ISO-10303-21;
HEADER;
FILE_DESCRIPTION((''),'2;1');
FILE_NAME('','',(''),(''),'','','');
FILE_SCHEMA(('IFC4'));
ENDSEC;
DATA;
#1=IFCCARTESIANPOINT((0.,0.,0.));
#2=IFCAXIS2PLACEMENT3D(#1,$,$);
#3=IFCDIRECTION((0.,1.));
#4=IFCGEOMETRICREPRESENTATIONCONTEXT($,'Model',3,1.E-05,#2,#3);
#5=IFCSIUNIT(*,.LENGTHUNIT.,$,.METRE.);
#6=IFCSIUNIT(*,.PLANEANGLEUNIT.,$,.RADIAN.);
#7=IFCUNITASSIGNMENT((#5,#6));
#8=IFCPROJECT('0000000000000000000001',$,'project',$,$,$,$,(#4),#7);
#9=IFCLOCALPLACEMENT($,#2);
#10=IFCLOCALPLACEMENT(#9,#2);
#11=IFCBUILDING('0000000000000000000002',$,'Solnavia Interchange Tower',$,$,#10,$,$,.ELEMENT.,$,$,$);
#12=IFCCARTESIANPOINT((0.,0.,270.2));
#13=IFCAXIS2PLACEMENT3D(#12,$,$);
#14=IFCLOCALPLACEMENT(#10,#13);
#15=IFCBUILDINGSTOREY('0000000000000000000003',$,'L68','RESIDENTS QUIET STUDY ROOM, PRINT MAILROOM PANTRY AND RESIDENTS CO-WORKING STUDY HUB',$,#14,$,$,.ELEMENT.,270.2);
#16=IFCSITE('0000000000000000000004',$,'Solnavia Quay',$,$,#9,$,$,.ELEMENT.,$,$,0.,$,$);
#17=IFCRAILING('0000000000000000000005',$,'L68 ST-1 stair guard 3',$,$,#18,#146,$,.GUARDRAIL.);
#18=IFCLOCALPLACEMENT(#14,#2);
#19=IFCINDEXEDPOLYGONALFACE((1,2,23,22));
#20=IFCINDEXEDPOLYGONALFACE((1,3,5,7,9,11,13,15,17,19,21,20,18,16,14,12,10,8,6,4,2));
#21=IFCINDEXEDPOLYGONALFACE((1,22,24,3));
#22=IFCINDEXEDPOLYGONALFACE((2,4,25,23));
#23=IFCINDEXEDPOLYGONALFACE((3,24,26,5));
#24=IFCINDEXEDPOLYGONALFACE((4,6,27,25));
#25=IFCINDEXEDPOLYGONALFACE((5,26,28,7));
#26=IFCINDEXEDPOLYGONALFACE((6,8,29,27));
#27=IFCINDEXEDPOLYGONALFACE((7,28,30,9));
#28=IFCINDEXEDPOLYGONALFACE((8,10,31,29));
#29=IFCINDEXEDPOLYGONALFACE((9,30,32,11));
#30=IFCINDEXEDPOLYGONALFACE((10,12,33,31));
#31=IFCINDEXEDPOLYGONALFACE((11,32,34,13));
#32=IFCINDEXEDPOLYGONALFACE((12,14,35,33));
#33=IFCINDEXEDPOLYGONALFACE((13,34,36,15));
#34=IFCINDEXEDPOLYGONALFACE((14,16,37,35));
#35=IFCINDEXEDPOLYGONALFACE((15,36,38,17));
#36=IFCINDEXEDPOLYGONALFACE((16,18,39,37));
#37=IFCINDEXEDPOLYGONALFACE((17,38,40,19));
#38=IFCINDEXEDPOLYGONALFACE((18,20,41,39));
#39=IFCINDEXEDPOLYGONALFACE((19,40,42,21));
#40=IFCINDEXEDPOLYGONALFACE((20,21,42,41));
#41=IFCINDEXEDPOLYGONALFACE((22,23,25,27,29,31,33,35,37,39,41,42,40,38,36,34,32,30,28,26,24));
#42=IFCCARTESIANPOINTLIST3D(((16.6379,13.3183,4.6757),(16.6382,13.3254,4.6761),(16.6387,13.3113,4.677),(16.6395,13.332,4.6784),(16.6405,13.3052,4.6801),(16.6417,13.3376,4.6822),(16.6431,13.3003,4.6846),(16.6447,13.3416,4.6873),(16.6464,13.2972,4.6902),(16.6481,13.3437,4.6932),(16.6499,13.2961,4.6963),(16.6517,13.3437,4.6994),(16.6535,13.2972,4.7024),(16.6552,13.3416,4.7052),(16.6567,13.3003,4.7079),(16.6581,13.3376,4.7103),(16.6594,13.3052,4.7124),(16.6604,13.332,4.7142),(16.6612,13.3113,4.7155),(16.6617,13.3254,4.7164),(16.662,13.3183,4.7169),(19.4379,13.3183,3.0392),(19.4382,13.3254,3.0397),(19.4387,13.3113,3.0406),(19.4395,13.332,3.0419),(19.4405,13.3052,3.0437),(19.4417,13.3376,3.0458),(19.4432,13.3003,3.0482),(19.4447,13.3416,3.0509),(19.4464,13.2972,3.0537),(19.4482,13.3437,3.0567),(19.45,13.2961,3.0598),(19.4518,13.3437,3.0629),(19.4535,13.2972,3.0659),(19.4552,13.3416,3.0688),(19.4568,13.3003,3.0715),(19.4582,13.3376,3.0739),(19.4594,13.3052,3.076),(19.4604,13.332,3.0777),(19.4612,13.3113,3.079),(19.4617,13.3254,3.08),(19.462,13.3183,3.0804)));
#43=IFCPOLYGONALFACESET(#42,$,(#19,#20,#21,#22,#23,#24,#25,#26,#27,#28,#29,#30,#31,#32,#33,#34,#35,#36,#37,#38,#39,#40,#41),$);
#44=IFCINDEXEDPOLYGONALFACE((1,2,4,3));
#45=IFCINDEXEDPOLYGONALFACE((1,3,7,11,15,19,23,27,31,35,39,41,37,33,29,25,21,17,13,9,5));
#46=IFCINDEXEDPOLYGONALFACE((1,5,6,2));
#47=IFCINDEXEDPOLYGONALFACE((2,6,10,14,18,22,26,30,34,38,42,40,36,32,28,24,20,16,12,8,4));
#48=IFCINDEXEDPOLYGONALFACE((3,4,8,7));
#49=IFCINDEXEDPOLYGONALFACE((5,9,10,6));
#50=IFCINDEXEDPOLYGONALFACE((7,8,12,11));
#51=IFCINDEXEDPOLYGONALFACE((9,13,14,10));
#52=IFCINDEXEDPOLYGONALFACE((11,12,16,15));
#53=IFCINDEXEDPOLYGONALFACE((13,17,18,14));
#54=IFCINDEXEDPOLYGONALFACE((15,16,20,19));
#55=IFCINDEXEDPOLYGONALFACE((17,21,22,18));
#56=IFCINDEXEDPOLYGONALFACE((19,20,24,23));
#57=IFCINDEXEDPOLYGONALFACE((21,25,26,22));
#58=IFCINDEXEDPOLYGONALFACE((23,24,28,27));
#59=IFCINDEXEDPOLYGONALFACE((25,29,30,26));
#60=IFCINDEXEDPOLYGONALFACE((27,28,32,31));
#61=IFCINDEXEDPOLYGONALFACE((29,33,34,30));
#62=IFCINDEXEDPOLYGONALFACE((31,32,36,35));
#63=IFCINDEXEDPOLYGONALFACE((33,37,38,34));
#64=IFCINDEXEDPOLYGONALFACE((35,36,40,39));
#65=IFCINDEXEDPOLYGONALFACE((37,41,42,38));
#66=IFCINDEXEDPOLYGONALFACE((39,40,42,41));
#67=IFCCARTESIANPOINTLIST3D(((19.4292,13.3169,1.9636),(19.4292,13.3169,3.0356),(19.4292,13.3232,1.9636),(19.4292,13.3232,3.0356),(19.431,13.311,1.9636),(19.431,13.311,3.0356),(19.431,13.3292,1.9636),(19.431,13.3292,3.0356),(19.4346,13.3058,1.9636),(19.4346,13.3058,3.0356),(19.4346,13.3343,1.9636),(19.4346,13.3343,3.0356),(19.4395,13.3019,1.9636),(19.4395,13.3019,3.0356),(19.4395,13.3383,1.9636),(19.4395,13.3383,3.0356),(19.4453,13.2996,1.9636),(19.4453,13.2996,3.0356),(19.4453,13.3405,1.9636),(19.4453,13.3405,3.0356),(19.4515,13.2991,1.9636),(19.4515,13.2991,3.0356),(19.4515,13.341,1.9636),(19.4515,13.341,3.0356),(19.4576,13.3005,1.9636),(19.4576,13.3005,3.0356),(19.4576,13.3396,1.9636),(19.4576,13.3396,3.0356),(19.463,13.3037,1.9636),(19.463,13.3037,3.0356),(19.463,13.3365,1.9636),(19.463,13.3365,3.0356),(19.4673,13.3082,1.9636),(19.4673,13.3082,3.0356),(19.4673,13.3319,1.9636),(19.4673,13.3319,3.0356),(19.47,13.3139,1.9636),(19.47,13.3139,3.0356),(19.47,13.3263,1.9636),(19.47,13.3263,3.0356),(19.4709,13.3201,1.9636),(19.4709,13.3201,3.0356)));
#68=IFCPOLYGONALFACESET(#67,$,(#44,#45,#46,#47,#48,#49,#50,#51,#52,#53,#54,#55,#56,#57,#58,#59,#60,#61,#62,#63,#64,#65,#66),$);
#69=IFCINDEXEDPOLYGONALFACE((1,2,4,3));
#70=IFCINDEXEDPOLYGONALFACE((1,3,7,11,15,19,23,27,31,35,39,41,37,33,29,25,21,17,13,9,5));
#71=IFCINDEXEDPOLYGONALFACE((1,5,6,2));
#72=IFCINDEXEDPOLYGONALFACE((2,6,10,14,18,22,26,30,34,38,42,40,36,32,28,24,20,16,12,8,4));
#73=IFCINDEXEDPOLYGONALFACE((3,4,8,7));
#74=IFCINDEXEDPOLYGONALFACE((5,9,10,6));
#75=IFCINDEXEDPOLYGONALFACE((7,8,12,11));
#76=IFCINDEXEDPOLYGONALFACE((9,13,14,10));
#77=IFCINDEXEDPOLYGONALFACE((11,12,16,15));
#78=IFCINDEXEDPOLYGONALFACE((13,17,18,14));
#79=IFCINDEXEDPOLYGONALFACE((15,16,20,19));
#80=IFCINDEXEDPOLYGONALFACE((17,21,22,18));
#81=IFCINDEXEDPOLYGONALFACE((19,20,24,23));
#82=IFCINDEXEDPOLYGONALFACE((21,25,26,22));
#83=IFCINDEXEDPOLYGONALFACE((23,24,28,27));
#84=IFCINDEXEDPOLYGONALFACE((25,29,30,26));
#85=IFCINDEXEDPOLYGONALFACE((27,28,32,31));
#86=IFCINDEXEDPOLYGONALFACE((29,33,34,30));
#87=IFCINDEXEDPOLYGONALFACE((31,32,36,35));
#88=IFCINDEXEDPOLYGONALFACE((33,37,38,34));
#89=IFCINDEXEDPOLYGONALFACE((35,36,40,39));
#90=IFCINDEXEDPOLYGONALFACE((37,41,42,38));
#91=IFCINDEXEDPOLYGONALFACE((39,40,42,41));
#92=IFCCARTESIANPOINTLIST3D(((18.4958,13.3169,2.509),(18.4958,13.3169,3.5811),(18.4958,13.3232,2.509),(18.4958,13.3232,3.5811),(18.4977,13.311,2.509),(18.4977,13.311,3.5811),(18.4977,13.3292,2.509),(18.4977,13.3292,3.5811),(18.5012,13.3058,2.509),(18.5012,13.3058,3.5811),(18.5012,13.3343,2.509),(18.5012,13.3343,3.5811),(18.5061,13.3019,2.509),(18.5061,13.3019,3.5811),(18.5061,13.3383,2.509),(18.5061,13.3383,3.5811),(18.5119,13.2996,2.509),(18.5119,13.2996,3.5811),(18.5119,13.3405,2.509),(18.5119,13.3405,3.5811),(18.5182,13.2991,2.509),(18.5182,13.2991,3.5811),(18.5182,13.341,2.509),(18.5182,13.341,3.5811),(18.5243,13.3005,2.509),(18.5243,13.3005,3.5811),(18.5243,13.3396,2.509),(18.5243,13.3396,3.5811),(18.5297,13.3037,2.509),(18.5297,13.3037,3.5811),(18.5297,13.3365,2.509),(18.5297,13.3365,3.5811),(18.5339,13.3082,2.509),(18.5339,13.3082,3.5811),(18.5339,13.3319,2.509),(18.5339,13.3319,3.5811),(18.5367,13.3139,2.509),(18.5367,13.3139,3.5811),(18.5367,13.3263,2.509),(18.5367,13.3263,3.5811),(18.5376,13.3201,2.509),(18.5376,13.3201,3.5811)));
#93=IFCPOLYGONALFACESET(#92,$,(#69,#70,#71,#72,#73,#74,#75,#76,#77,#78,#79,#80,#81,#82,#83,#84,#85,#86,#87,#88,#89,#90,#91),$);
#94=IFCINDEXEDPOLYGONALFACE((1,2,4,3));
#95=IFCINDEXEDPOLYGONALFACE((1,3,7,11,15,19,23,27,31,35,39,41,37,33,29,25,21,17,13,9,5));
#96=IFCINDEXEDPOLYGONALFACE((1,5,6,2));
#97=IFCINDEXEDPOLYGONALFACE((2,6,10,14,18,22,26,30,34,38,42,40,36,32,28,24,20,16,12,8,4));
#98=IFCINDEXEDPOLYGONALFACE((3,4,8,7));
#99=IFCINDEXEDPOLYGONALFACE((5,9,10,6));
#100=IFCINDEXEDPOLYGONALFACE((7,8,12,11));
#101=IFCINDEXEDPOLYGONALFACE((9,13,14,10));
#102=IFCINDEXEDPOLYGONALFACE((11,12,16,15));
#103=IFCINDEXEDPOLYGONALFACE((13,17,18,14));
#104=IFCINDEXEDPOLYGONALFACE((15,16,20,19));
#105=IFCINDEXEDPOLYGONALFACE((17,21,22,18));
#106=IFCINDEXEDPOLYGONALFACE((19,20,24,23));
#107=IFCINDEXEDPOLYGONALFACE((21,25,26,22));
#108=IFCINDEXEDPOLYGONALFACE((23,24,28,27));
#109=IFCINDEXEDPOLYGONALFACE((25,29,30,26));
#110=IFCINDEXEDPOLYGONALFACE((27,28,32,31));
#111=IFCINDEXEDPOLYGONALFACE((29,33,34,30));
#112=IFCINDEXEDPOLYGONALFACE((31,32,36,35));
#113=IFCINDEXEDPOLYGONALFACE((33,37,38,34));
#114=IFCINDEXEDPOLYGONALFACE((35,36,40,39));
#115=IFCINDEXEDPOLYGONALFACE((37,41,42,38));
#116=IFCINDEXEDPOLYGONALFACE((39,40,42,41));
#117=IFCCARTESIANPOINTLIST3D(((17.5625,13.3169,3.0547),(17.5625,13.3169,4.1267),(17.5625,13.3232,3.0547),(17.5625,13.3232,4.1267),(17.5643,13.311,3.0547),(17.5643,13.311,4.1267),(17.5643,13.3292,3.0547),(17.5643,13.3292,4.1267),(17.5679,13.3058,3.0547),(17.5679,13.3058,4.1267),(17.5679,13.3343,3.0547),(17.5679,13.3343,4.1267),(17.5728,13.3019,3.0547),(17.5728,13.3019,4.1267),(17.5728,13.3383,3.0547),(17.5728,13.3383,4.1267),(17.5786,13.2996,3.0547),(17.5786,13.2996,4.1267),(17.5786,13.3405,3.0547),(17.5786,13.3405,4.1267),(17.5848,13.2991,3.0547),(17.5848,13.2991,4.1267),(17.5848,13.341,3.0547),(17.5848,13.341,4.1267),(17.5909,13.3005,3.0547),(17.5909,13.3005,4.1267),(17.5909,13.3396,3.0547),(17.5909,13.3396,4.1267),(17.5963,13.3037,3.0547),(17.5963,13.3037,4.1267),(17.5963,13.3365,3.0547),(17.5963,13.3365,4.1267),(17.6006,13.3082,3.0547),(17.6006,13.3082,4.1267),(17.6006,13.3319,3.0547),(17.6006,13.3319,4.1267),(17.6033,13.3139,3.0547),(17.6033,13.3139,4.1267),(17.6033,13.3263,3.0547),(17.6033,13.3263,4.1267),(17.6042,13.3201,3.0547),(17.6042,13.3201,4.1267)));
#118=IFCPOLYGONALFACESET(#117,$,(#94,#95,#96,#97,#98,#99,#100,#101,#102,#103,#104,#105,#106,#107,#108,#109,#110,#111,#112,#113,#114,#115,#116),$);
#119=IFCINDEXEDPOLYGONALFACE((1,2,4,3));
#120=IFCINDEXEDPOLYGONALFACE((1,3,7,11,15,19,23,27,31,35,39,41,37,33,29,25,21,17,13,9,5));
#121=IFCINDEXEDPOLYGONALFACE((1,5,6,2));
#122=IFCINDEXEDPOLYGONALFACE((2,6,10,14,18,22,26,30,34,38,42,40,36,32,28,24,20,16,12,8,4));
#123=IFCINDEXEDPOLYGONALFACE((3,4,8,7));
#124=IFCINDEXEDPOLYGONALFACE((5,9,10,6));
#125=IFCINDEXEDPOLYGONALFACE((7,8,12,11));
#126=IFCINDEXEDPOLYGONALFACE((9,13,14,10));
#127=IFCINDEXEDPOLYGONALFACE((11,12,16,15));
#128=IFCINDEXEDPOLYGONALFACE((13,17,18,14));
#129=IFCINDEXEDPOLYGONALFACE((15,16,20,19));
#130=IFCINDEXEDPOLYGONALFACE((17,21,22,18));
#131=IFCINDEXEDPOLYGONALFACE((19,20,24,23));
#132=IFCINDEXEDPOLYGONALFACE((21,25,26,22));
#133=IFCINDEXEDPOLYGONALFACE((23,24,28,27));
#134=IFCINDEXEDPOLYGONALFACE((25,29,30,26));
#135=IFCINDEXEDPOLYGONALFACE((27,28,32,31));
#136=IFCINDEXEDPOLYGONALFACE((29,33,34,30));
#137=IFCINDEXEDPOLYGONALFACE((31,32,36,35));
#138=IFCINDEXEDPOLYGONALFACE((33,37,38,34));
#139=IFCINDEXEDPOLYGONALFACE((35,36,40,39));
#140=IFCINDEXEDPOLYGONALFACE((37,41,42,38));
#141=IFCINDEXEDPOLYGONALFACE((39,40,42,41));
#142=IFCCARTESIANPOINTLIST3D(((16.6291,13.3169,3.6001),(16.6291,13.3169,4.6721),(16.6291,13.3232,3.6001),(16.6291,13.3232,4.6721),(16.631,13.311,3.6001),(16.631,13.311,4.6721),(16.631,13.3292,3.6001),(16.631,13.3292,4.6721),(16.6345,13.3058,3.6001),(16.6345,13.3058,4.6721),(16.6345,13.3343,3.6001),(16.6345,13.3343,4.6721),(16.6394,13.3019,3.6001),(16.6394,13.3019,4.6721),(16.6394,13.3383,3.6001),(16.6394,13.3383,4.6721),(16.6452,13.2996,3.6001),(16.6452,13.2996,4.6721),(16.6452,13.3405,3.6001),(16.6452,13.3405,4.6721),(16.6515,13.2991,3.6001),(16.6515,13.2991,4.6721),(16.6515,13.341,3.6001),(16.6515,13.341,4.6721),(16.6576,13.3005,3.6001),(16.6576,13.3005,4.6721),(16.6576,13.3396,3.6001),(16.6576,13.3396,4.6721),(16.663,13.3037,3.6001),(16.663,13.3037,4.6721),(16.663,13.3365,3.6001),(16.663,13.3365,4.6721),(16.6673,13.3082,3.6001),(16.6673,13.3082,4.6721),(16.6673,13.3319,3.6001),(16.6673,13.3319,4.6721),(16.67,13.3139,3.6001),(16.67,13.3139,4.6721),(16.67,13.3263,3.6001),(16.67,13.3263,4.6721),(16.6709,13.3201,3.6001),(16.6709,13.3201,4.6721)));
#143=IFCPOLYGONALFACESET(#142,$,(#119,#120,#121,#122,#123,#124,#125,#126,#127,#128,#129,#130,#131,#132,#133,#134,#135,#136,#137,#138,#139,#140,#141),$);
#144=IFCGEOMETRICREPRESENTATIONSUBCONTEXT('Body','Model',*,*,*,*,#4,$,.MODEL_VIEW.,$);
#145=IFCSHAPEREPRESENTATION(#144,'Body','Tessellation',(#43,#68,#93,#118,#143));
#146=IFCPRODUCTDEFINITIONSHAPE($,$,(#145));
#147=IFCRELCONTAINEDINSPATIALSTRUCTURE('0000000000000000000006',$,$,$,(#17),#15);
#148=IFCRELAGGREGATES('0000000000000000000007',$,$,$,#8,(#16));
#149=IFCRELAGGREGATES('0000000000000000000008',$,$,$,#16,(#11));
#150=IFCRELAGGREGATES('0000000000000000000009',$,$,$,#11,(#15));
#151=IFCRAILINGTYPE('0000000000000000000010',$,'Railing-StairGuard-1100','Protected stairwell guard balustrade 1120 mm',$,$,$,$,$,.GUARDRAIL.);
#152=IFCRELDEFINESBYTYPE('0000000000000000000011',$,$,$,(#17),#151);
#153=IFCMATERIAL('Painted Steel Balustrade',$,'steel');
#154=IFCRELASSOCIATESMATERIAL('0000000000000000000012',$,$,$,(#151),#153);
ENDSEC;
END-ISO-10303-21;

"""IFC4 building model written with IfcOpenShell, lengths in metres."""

from ifc_helpers import new_model, si_unit, direction, frame, origin, origin_2d, place, context, subcontext, project, spatial, circle, extrude, material, type_object, element, save


model = new_model("IFC4")

# Units and contexts
model_context = context("Model", 3, precision=1e-05, world=origin(), true_north=direction((0.0, 1.0)))
body_context = subcontext(model_context, "Body", "Model", "MODEL_VIEW")
ifc_project = project(units=[si_unit("LENGTHUNIT", "METRE"), si_unit("PLANEANGLEUNIT", "RADIAN")], contexts=[model_context])

# Site, building, storey
site_placement = place(None, origin())
site = spatial("IfcSite", under=ifc_project, at=site_placement, Name="Solnavia Quay", CompositionType="ELEMENT", RefElevation=0.0)
building_placement = place(site_placement, origin())
building = spatial("IfcBuilding", under=site, at=building_placement, Name="Solnavia Interchange Tower", CompositionType="ELEMENT")
storey_placement = place(building_placement, frame((0.0, 0.0, 270.2)))
storey = spatial("IfcBuildingStorey", under=building, at=storey_placement, Name="L68", Description="RESIDENTS QUIET STUDY ROOM, PRINT MAILROOM PANTRY AND RESIDENTS CO-WORKING STUDY HUB", CompositionType="ELEMENT", Elevation=270.2)

# Railing
ifc_material_1 = material(Name="Painted Steel Balustrade", Category="steel")
railing_type_1 = type_object("IfcRailingType", Name="Railing-StairGuard-1100", Description="Protected stairwell guard balustrade 1120 mm", PredefinedType="GUARDRAIL", material=ifc_material_1)
railing_1_placement = place(storey_placement, frame((19.45, 13.3201, 1.9636)))
element("IfcRailing", 1, at=railing_1_placement, inside=storey, type_object=railing_type_1, Name="L68 ST-1 stair guard 3", PredefinedType="GUARDRAIL", context=body_context, shape_type="SweptSolid", body=[
    extrude(circle(Radius=0.0239, at=origin_2d()), frame((0.0, 0.0, 1.0962), z_axis=(-0.863361, 0.0, 0.504587), x_axis=(0.0, -1.0, 0.0)), (0.0, 0.0, 1.0), 3.2432),
    extrude(circle(Radius=0.021, at=origin_2d()), origin(), (0.0, 0.0, 1.0), 1.072),
    extrude(circle(Radius=0.021, at=origin_2d()), frame((-0.9333, 0.0, 0.5454)), (0.0, 0.0, 1.0), 1.072),
    extrude(circle(Radius=0.021, at=origin_2d()), frame((-1.8667, 0.0, 1.0911)), (0.0, 0.0, 1.0), 1.072),
    extrude(circle(Radius=0.021, at=origin_2d()), frame((-2.8, 0.0, 1.6365)), (0.0, 0.0, 1.0), 1.072),
])

save(model, "model.ifc")
